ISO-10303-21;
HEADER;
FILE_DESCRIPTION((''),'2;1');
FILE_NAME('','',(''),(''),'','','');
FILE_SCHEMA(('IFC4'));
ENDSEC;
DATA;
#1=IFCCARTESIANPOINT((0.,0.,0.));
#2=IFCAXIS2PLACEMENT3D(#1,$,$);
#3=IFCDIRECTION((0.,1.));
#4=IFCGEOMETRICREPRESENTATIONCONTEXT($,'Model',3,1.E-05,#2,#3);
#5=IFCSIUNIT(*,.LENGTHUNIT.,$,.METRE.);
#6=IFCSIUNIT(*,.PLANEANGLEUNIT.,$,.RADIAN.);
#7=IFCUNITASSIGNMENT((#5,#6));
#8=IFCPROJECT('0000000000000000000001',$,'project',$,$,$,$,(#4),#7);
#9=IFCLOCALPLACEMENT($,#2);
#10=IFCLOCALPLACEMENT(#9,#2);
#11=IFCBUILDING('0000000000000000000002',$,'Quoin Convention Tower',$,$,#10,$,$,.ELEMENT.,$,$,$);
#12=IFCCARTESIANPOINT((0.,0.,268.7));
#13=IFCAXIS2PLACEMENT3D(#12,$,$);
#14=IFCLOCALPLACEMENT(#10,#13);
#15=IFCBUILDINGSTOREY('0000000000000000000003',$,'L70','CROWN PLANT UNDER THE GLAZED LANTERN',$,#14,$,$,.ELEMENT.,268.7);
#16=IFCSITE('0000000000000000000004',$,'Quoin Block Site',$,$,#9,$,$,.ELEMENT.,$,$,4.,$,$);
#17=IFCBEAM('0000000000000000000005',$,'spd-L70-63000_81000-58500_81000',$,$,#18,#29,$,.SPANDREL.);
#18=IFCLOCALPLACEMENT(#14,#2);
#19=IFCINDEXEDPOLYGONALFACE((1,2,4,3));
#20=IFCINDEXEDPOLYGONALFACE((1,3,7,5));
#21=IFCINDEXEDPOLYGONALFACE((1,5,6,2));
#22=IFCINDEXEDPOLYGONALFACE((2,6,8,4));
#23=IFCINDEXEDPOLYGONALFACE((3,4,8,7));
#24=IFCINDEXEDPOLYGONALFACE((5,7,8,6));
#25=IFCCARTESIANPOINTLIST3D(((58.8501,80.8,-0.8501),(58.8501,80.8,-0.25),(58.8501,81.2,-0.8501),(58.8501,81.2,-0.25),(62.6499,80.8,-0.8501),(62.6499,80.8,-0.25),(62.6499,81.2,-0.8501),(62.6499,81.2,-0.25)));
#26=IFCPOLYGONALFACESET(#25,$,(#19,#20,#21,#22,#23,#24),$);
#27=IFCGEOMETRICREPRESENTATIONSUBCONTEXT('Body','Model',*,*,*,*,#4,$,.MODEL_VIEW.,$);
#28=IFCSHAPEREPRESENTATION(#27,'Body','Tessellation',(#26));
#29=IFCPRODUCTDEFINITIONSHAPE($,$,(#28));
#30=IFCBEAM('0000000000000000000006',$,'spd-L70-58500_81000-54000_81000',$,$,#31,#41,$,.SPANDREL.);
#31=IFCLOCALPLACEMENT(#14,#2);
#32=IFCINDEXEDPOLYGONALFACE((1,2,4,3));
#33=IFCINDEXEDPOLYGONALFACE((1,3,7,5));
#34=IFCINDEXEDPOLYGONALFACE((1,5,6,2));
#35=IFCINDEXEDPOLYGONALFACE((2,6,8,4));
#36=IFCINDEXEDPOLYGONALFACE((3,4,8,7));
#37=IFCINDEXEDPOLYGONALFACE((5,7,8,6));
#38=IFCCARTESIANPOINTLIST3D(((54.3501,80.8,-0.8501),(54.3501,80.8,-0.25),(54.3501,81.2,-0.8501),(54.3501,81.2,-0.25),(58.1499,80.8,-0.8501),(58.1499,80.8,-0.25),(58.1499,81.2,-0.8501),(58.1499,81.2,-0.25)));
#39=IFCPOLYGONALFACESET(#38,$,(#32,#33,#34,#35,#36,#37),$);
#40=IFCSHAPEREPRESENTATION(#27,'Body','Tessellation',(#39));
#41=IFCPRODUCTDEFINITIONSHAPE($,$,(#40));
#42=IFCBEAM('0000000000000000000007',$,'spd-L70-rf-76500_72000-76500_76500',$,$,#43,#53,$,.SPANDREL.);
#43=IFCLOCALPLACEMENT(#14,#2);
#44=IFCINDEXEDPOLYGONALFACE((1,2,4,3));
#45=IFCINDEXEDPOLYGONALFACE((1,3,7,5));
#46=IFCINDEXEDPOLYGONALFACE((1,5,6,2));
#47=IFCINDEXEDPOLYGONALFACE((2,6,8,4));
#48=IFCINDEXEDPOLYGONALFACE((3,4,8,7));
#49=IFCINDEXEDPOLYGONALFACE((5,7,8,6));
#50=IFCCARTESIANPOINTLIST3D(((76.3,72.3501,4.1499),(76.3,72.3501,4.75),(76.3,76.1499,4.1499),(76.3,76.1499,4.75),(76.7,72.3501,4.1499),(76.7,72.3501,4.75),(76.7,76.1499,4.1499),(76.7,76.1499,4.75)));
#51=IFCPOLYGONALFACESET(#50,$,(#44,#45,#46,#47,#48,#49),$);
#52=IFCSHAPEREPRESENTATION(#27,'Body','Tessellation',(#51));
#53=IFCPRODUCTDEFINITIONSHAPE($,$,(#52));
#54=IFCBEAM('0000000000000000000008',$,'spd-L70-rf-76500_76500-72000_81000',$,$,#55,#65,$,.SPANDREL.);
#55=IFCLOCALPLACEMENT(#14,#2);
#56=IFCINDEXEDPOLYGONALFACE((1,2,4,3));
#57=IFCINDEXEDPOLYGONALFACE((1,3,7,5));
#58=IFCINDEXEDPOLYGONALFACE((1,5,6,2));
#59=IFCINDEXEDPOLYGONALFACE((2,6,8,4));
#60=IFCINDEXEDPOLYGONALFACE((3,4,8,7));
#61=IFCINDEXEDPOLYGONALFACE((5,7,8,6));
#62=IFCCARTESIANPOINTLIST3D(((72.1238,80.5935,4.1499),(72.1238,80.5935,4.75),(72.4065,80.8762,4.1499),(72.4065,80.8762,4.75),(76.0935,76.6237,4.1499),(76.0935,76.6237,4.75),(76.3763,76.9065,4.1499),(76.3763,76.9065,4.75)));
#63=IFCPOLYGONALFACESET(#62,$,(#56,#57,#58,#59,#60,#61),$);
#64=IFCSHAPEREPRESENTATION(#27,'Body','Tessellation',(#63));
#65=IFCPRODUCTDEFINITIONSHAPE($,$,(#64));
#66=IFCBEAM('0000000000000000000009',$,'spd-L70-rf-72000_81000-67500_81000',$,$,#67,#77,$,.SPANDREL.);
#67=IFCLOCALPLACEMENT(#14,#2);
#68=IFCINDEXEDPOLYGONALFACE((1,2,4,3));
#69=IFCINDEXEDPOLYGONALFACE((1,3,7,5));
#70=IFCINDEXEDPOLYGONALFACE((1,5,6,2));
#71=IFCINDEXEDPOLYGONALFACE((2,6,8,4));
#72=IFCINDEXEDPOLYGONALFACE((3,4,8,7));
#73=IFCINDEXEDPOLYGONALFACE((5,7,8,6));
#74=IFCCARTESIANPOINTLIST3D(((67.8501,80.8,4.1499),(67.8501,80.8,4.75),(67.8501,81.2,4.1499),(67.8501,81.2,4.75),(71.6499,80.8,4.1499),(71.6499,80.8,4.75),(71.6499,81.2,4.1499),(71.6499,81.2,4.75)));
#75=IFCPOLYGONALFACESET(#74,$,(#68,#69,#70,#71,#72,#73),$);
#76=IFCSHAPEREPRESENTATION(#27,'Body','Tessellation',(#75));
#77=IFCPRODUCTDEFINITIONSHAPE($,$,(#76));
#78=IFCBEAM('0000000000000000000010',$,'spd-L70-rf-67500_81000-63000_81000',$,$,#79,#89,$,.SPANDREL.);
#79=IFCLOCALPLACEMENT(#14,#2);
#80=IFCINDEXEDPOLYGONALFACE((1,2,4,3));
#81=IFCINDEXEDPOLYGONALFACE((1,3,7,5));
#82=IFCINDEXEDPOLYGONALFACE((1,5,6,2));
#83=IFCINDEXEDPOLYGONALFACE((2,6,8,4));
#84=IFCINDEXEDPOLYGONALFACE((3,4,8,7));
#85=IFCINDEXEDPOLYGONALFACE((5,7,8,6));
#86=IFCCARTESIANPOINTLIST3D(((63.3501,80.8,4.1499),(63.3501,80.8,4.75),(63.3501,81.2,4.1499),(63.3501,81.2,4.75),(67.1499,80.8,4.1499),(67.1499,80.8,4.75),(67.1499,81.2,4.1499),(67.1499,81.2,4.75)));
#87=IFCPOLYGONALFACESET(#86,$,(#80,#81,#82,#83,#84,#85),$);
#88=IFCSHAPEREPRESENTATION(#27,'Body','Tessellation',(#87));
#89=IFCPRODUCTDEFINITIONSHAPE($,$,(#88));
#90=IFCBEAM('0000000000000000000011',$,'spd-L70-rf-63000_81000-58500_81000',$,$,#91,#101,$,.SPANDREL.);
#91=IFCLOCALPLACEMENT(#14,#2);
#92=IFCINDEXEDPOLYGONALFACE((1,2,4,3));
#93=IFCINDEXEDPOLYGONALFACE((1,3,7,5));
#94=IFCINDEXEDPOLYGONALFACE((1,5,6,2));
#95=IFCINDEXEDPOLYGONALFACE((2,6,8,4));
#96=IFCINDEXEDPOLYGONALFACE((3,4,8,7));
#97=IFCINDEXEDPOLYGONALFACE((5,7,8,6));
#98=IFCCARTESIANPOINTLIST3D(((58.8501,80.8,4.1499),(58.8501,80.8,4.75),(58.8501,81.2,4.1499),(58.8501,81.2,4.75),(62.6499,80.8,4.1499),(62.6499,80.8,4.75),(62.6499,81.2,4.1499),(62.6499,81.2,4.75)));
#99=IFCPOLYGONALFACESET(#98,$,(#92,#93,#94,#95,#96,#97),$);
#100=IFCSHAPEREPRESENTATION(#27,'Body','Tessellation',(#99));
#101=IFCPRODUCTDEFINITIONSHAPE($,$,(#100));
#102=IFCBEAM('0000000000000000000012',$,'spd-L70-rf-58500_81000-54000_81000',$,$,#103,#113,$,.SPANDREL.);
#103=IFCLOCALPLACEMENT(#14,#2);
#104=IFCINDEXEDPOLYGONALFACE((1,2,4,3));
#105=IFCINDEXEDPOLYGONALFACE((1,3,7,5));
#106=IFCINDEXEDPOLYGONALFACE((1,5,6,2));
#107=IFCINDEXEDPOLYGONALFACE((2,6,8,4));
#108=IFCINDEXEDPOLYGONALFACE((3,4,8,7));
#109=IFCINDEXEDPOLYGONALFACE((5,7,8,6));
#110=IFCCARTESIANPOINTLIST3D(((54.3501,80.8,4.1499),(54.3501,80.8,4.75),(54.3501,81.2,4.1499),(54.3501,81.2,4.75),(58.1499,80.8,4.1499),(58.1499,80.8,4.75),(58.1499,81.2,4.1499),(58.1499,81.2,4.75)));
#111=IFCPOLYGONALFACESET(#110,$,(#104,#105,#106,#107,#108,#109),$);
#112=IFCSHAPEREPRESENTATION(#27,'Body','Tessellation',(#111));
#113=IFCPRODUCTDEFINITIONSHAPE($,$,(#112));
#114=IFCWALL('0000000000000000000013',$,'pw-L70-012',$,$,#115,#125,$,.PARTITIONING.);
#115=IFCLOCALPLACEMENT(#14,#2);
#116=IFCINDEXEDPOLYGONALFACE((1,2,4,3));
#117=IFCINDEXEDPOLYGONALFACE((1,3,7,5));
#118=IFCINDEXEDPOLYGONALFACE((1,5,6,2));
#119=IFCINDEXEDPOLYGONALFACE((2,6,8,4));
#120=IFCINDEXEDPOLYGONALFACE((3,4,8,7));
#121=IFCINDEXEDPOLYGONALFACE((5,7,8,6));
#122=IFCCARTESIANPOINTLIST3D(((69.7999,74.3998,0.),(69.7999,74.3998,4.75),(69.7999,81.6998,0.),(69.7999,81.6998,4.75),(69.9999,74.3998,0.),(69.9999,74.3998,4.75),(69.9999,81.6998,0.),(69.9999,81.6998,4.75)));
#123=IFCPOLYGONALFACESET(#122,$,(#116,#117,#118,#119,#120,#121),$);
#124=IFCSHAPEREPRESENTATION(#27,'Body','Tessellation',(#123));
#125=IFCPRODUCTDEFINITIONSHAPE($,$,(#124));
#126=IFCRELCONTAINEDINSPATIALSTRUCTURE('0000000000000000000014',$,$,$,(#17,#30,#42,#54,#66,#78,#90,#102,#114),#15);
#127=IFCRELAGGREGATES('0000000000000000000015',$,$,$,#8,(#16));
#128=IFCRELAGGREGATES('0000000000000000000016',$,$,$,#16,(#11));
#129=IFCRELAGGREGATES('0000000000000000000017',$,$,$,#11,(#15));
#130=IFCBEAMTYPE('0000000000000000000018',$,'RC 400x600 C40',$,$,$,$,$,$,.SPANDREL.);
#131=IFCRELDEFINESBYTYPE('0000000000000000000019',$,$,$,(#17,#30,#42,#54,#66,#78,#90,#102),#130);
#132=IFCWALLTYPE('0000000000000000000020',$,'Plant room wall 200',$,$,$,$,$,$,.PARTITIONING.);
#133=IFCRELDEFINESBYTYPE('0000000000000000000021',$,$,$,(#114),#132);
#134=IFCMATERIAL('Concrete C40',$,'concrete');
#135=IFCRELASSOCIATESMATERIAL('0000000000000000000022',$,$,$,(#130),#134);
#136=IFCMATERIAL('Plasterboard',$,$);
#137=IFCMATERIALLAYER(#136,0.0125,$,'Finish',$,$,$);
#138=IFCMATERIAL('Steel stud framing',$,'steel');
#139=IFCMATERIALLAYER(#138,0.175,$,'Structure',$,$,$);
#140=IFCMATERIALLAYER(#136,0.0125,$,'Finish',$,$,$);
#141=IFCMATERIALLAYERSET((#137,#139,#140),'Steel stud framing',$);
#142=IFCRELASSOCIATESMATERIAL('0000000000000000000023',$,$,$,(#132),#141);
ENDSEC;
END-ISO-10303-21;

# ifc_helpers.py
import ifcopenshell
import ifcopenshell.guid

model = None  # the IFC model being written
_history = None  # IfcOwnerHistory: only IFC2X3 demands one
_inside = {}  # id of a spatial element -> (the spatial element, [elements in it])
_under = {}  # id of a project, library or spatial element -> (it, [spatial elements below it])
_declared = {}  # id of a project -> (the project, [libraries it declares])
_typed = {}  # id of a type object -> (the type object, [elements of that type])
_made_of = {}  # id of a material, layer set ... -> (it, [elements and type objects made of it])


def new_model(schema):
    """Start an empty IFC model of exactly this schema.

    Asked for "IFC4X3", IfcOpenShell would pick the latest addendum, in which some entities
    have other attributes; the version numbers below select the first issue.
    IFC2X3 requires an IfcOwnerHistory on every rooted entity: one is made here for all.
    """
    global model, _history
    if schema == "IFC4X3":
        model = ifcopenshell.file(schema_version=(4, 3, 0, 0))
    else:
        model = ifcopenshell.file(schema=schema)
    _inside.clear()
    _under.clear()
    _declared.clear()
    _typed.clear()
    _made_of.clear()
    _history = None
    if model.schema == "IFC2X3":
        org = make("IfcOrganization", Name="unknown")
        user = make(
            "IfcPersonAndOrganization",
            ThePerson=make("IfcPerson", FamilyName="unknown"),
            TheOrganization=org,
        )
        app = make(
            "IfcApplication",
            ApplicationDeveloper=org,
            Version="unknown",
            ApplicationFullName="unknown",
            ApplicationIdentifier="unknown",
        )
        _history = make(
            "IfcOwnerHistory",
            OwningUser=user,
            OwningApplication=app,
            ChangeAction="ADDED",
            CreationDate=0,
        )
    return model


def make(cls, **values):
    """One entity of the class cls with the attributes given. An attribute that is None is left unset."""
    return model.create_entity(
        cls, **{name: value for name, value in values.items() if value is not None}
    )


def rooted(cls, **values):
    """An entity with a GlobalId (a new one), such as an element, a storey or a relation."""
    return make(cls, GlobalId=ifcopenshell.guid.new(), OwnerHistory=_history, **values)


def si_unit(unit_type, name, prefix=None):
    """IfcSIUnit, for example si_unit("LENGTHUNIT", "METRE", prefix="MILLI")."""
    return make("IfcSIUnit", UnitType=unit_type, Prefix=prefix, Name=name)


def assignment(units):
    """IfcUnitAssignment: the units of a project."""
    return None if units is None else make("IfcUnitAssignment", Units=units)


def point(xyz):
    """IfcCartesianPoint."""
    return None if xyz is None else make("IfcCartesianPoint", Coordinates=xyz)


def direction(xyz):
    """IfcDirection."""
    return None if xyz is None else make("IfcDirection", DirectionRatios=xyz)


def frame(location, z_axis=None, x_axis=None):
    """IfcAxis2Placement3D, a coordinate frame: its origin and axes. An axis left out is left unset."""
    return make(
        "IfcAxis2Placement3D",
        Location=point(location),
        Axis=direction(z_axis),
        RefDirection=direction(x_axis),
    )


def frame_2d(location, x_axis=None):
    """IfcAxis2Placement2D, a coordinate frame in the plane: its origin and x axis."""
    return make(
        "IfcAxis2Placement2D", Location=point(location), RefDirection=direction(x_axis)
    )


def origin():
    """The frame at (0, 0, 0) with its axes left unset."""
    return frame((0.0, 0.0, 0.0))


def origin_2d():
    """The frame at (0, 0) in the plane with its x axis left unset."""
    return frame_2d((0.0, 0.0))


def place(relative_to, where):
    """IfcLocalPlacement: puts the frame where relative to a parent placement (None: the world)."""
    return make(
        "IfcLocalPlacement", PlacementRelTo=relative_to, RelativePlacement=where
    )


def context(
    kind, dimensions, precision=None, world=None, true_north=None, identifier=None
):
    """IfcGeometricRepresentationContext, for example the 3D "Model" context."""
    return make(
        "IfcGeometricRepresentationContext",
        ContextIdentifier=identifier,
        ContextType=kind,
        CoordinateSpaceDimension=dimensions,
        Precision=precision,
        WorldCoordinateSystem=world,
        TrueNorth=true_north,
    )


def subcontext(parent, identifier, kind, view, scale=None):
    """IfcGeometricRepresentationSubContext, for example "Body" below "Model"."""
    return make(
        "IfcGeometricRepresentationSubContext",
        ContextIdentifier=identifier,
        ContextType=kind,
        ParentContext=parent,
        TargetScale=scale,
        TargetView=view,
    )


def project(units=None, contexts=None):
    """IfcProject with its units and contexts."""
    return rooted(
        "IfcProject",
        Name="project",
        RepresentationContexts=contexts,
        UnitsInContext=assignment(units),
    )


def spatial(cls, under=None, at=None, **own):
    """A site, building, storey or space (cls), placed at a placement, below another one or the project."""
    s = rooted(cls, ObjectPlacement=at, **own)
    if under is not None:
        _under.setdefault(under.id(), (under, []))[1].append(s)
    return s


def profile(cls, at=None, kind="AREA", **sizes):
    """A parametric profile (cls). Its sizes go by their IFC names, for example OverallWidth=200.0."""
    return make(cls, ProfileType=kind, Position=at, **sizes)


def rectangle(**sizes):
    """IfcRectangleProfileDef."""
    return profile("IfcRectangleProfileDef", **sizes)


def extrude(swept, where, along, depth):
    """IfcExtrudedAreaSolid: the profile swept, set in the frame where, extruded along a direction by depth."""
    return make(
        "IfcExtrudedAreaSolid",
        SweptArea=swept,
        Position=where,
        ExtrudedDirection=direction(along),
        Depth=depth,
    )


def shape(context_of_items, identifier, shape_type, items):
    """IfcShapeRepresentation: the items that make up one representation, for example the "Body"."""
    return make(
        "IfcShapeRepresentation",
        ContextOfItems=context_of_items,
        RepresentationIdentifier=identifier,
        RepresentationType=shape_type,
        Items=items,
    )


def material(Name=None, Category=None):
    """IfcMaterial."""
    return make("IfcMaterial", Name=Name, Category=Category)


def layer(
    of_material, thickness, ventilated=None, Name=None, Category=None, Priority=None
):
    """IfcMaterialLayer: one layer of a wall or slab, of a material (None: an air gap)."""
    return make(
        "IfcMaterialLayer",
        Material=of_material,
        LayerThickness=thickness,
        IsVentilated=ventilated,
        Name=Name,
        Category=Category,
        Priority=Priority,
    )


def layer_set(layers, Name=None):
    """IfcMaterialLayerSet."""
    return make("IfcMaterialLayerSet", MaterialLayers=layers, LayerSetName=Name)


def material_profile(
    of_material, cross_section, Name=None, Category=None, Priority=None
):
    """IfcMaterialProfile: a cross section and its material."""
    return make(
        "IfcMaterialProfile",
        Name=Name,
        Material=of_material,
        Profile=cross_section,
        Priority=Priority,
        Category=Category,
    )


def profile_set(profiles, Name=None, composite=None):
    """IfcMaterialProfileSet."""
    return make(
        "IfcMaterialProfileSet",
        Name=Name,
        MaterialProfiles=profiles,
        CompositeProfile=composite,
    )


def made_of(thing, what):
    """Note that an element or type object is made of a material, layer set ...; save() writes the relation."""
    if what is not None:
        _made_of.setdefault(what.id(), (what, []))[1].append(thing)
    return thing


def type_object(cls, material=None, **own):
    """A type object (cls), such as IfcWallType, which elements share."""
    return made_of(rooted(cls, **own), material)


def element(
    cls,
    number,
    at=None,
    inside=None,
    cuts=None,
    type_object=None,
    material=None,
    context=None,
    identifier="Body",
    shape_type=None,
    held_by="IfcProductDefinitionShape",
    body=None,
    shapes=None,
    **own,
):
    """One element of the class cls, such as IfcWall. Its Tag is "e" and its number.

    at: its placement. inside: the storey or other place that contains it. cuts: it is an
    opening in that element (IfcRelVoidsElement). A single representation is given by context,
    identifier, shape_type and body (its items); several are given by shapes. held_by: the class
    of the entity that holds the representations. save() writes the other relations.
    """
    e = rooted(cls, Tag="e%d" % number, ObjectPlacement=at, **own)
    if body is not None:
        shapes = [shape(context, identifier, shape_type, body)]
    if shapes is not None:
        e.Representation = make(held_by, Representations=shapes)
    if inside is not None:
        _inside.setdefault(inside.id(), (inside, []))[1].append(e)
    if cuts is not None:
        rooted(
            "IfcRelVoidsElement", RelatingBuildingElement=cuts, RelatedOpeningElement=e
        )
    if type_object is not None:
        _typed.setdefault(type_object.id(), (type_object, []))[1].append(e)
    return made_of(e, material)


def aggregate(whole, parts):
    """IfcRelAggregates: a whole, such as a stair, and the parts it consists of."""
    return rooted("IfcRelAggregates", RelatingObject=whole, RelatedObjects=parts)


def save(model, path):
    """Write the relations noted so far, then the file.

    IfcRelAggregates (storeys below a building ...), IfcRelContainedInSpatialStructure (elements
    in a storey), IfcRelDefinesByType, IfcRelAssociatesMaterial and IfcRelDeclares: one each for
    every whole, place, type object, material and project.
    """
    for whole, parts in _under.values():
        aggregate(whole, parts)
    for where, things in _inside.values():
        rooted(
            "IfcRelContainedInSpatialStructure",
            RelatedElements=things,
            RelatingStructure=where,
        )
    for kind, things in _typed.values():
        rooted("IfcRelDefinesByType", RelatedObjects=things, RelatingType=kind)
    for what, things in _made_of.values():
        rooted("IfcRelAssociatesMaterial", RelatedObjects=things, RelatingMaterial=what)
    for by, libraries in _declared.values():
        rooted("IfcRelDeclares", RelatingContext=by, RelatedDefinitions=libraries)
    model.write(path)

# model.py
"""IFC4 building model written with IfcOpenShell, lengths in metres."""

from ifc_helpers import new_model, si_unit, direction, frame, frame_2d, origin, origin_2d, place, context, subcontext, project, spatial, rectangle, extrude, material, layer, layer_set, material_profile, profile_set, type_object, element, save


model = new_model("IFC4")

# Units and contexts
model_context = context("Model", 3, precision=1e-05, world=origin(), true_north=direction((0.0, 1.0)))
body_context = subcontext(model_context, "Body", "Model", "MODEL_VIEW")
ifc_project = project(units=[si_unit("LENGTHUNIT", "METRE"), si_unit("PLANEANGLEUNIT", "RADIAN")], contexts=[model_context])

# Site, building, storey
site_placement = place(None, origin())
site = spatial("IfcSite", under=ifc_project, at=site_placement, Name="Quoin Block Site", CompositionType="ELEMENT", RefElevation=4.0)
building_placement = place(site_placement, origin())
building = spatial("IfcBuilding", under=site, at=building_placement, Name="Quoin Convention Tower", CompositionType="ELEMENT")
storey_placement = place(building_placement, frame((0.0, 0.0, 268.7)))
storey = spatial("IfcBuildingStorey", under=building, at=storey_placement, Name="L70", Description="CROWN PLANT UNDER THE GLAZED LANTERN", CompositionType="ELEMENT", Elevation=268.7)

# Shared definitions
ifc_material_1 = material(Name="Concrete C40", Category="concrete")

# Beams
ifc_material_profile_1 = material_profile(ifc_material_1, rectangle(XDim=0.3999, YDim=0.6001, at=origin_2d()), Name="RC 400x600")
ifc_profile_set_1 = profile_set([ifc_material_profile_1], Name="Concrete C40")
beam_type_1 = type_object("IfcBeamType", Name="RC 400x600 C40", PredefinedType="SPANDREL", material=ifc_profile_set_1)
for number, where, z_axis, x_axis, name in (
    (1, (62.6499, 81.0, -0.55), (-1.0, 0.0, 0.0), (0.0, -1.0, 0.0), "spd-L70-63000_81000-58500_81000"),
    (2, (58.1499, 81.0, -0.55), (-1.0, 0.0, 0.0), (0.0, -1.0, 0.0), "spd-L70-58500_81000-54000_81000"),
    (3, (76.5, 72.3501, 4.45), (0.0, 1.0, 0.0), (-1.0, 0.0, 0.0), "spd-L70-rf-76500_72000-76500_76500"),
):
    element("IfcBeam", number, at=place(storey_placement, frame(where, z_axis=z_axis, x_axis=x_axis)), inside=storey, type_object=beam_type_1, Name=name, PredefinedType="SPANDREL", context=body_context, shape_type="SweptSolid", body=[
        extrude(rectangle(XDim=0.3999, YDim=0.6001, at=origin_2d()), origin(), (0.0, 0.0, 1.0), 3.7998),
    ])
beam_1_placement = place(storey_placement, frame((76.2349, 76.7651, 4.45), z_axis=(-0.707107, 0.707107, 0.0), x_axis=(-0.707107, -0.707107, 0.0)))
element("IfcBeam", 4, at=beam_1_placement, inside=storey, type_object=beam_type_1, Name="spd-L70-rf-76500_76500-72000_81000", PredefinedType="SPANDREL", context=body_context, shape_type="SweptSolid", body=[
    extrude(rectangle(XDim=0.3999, YDim=0.6001, at=origin_2d()), origin(), (0.0, 0.0, 1.0), 5.614),
])
for number, where, z_axis, x_axis, name in (
    (5, (71.6499, 81.0, 4.45), (-1.0, 0.0, 0.0), (0.0, -1.0, 0.0), "spd-L70-rf-72000_81000-67500_81000"),
    (6, (67.1499, 81.0, 4.45), (-1.0, 0.0, 0.0), (0.0, -1.0, 0.0), "spd-L70-rf-67500_81000-63000_81000"),
    (7, (62.6499, 81.0, 4.45), (-1.0, 0.0, 0.0), (0.0, -1.0, 0.0), "spd-L70-rf-63000_81000-58500_81000"),
    (8, (58.1499, 81.0, 4.45), (-1.0, 0.0, 0.0), (0.0, -1.0, 0.0), "spd-L70-rf-58500_81000-54000_81000"),
):
    element("IfcBeam", number, at=place(storey_placement, frame(where, z_axis=z_axis, x_axis=x_axis)), inside=storey, type_object=beam_type_1, Name=name, PredefinedType="SPANDREL", context=body_context, shape_type="SweptSolid", body=[
        extrude(rectangle(XDim=0.3999, YDim=0.6001, at=origin_2d()), origin(), (0.0, 0.0, 1.0), 3.7998),
    ])

# Wall
ifc_material_2 = material(Name="Plasterboard")
ifc_layer_1 = layer(ifc_material_2, 0.0125, Name="Finish")
ifc_material_3 = material(Name="Steel stud framing", Category="steel")
ifc_layer_2 = layer(ifc_material_3, 0.175, Name="Structure")
ifc_layer_3 = layer(ifc_material_2, 0.0125, Name="Finish")
ifc_layer_set = layer_set([ifc_layer_1, ifc_layer_2, ifc_layer_3], Name="Steel stud framing")
wall_type = type_object("IfcWallType", Name="Plant room wall 200", PredefinedType="PARTITIONING", material=ifc_layer_set)
wall_placement = place(storey_placement, frame((69.8999, 74.3999, 0.0), z_axis=(0.0, 0.0, 1.0), x_axis=(0.0, 1.0, 0.0)))
element("IfcWall", 9, at=wall_placement, inside=storey, type_object=wall_type, Name="pw-L70-012", PredefinedType="PARTITIONING", context=body_context, shape_type="SweptSolid", body=[
    extrude(rectangle(XDim=7.3, YDim=0.2, at=frame_2d((3.6499, 0.0))), origin(), (0.0, 0.0, 1.0), 4.75),
])

save(model, "model.ifc")
